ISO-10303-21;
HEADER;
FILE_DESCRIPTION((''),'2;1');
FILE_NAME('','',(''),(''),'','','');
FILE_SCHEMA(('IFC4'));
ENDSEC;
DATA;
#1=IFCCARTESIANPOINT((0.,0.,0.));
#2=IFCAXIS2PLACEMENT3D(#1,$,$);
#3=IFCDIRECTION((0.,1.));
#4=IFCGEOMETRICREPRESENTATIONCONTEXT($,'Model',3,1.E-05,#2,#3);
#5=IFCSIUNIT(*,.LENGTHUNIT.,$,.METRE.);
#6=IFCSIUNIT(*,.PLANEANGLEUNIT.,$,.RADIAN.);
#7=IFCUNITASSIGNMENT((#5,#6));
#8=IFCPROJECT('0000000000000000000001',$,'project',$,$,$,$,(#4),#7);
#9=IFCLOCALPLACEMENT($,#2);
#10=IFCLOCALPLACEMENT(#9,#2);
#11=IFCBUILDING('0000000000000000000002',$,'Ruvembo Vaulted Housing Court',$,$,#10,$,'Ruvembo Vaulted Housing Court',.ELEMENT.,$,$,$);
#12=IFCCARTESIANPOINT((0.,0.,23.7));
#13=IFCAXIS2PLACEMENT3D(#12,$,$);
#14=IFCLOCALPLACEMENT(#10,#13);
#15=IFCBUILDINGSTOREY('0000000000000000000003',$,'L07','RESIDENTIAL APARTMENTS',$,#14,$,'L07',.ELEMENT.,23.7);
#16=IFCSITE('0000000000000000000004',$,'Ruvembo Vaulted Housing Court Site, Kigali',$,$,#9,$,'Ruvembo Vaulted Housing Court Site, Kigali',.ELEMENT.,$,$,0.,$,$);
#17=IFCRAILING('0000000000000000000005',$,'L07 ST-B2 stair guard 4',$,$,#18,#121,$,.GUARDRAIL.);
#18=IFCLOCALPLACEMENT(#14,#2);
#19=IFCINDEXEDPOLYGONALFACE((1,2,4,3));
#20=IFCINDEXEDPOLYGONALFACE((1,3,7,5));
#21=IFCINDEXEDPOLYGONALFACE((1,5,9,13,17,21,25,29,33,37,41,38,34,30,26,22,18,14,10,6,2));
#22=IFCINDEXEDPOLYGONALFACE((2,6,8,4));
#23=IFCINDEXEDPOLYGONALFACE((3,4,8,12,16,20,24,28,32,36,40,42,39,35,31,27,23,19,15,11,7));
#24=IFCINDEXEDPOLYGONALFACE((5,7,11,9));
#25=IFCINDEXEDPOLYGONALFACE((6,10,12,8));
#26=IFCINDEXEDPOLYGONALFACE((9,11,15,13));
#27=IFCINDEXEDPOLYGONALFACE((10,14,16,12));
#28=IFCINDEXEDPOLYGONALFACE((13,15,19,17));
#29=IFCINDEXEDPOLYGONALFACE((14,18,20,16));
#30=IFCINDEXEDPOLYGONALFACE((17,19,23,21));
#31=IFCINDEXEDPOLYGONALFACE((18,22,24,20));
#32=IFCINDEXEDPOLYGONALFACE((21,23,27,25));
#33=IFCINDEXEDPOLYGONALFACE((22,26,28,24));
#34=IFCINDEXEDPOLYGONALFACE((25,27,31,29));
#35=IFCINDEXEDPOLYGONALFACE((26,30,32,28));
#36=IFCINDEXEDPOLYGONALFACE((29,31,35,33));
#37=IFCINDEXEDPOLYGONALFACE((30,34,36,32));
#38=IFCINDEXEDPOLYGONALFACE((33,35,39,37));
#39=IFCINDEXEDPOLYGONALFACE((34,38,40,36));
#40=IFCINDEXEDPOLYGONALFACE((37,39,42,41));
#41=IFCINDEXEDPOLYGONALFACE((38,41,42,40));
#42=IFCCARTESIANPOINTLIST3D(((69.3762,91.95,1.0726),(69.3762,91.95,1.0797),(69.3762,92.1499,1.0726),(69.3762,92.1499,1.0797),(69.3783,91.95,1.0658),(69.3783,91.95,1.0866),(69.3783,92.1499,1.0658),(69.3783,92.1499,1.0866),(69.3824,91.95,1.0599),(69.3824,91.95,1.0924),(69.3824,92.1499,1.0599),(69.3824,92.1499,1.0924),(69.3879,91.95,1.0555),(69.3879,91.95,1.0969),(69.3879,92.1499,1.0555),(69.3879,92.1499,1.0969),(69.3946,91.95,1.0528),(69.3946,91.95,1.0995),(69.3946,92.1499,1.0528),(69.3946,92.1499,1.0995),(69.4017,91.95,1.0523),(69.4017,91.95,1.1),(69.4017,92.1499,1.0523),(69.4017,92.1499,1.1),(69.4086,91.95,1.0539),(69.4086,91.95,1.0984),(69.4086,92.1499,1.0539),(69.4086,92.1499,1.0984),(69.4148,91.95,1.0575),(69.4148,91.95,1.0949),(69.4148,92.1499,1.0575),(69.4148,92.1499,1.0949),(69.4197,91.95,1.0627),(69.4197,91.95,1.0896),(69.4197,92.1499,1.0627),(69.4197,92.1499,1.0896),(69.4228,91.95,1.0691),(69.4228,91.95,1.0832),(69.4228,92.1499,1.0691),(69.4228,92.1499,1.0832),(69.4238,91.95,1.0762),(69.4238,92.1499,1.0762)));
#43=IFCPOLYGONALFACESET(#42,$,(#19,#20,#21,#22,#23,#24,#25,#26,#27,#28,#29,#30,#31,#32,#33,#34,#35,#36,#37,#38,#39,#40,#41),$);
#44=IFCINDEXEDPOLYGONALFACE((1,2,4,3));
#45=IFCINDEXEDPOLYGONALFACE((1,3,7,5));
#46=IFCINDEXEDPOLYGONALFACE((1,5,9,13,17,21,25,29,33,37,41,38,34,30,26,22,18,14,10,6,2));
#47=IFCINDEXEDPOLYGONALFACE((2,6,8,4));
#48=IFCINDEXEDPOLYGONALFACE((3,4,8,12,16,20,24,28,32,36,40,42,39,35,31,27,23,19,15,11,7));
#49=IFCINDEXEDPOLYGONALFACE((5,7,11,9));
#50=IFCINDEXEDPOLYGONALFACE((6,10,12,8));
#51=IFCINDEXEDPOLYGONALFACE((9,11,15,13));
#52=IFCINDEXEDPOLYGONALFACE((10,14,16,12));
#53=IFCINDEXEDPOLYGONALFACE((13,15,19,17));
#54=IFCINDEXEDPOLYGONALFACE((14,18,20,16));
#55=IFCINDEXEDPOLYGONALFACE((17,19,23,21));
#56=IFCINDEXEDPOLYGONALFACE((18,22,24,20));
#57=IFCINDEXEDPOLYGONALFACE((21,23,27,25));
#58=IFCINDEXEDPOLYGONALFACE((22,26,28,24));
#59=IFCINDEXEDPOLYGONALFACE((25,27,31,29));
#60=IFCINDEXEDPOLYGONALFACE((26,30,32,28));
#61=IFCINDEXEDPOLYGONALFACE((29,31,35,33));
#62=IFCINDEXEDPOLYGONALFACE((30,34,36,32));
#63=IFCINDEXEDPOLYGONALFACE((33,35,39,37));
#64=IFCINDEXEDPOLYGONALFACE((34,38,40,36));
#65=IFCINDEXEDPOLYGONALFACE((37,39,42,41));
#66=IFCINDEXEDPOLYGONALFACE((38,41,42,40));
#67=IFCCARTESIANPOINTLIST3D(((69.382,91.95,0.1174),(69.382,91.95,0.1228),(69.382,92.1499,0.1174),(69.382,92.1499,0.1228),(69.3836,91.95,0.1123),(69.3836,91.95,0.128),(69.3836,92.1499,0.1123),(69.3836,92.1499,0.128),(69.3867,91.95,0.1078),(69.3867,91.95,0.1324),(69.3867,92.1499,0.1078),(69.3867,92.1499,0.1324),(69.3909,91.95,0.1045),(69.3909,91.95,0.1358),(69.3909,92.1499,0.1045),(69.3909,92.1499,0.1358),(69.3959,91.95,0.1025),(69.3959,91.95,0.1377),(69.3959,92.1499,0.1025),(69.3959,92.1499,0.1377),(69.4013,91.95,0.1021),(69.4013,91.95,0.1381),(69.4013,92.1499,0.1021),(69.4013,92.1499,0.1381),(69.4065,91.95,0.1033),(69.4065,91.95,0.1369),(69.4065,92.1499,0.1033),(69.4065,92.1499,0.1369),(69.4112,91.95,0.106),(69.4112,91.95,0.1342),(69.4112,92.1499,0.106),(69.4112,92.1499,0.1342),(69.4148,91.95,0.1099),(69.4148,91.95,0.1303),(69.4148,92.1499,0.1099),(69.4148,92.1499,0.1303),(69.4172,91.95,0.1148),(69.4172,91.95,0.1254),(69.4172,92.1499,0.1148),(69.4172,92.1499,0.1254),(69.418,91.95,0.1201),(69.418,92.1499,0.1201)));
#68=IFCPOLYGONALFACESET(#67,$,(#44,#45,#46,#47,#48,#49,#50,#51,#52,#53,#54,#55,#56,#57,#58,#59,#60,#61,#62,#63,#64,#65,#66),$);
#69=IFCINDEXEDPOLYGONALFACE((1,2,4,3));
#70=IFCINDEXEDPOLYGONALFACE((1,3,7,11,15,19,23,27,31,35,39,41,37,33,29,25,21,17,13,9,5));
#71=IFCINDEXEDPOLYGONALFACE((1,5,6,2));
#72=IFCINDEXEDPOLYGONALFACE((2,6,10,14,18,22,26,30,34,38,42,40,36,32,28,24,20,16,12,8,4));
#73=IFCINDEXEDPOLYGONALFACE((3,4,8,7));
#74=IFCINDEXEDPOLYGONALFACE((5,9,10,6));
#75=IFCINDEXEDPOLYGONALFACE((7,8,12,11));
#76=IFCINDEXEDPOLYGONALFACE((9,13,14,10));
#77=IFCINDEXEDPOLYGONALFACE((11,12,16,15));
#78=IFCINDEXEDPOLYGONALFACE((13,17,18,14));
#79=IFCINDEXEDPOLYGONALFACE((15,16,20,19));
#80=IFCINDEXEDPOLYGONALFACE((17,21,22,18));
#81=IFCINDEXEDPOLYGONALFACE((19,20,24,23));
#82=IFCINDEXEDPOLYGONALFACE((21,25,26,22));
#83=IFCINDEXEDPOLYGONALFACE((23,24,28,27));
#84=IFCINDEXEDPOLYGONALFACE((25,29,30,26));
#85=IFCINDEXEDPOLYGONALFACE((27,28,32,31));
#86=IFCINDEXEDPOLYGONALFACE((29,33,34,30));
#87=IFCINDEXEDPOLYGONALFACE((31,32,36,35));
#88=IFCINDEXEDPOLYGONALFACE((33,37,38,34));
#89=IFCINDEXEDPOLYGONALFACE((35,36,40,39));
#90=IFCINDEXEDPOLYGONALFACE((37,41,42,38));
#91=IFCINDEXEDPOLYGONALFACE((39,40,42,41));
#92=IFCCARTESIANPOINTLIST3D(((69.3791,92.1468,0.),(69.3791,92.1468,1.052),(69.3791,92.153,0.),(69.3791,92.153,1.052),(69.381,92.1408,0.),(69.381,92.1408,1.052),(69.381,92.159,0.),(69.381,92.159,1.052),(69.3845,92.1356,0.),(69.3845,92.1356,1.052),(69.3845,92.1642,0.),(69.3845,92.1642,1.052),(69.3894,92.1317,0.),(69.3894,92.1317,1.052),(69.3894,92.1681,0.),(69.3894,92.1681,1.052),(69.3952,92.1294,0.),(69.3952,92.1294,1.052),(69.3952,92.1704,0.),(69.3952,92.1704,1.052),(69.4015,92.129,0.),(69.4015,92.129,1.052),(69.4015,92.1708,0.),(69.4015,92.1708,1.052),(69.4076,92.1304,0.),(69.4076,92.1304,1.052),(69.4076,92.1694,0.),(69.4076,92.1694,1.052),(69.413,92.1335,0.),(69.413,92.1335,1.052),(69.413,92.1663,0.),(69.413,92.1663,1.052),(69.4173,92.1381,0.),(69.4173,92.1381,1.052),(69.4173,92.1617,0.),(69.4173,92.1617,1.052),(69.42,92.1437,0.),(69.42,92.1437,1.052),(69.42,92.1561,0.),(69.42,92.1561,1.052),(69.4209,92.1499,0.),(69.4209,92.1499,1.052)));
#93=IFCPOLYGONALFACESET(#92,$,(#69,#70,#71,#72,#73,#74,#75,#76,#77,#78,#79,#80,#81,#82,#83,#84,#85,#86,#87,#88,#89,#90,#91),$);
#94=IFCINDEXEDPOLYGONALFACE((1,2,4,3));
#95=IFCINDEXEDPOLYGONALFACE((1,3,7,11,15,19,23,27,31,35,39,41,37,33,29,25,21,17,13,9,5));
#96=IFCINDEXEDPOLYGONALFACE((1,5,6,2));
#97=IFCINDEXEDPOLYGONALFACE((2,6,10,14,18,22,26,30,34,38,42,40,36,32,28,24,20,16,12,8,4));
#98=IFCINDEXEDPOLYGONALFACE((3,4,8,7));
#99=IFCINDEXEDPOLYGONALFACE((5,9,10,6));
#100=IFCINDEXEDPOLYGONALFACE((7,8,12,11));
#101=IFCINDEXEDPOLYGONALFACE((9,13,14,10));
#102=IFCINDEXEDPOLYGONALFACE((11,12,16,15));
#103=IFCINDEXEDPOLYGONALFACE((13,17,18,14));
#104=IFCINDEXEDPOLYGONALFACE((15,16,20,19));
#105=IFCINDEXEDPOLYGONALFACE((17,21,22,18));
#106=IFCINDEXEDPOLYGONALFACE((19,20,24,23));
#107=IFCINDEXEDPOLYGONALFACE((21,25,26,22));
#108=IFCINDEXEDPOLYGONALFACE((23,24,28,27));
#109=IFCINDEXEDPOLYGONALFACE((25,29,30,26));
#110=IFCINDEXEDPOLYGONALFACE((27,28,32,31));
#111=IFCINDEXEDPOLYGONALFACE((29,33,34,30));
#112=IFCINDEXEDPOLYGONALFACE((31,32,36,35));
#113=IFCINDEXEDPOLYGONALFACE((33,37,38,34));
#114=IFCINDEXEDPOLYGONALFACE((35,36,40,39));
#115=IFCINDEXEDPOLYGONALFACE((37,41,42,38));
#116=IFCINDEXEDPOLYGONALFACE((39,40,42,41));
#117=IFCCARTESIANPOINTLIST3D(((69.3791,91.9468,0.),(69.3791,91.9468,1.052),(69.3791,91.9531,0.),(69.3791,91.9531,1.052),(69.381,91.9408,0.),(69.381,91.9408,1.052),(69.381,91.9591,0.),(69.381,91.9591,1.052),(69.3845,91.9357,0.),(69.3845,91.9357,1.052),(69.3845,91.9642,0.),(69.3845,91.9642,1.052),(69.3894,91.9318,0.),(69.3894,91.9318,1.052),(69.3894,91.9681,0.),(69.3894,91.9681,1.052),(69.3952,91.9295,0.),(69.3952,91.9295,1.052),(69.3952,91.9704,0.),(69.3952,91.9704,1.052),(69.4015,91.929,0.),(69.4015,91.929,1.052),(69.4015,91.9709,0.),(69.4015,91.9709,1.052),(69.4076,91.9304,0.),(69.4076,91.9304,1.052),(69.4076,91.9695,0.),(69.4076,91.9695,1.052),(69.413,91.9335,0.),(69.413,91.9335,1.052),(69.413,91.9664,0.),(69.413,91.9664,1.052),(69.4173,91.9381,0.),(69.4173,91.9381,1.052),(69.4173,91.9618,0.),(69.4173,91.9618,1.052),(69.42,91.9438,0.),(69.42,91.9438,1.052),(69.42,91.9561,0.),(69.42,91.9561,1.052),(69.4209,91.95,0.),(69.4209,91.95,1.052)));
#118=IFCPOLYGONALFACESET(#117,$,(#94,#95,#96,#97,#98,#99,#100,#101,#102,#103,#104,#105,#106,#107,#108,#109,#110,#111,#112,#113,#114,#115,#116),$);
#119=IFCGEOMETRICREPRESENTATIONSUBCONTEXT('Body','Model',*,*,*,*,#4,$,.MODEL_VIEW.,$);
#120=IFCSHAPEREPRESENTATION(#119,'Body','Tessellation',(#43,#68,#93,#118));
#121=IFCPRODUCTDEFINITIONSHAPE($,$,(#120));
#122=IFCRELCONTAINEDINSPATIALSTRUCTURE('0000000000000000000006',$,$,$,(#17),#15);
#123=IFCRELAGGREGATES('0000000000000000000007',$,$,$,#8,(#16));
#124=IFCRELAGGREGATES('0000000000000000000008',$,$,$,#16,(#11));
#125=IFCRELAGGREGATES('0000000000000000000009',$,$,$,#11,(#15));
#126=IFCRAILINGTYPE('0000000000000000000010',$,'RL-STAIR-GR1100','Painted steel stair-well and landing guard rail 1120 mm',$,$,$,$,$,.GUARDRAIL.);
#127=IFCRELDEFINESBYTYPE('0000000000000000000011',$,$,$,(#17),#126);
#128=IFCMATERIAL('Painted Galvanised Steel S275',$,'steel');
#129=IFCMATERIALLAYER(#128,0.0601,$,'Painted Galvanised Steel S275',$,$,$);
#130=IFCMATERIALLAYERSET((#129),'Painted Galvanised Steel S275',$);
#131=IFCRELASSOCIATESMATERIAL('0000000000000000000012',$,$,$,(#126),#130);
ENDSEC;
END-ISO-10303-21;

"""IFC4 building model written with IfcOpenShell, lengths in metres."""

from ifc_helpers import new_model, si_unit, direction, frame, origin, origin_2d, place, context, subcontext, project, spatial, circle, extrude, material, layer, layer_set, type_object, element, save


model = new_model("IFC4")

# Units and contexts
model_context = context("Model", 3, precision=1e-05, world=origin(), true_north=direction((0.0, 1.0)))
body_context = subcontext(model_context, "Body", "Model", "MODEL_VIEW")
ifc_project = project(units=[si_unit("LENGTHUNIT", "METRE"), si_unit("PLANEANGLEUNIT", "RADIAN")], contexts=[model_context])

# Site, building, storey
site_placement = place(None, origin())
site = spatial("IfcSite", under=ifc_project, at=site_placement, Name="Ruvembo Vaulted Housing Court Site, Kigali", LongName="Ruvembo Vaulted Housing Court Site, Kigali", CompositionType="ELEMENT", RefElevation=0.0)
building_placement = place(site_placement, origin())
building = spatial("IfcBuilding", under=site, at=building_placement, Name="Ruvembo Vaulted Housing Court", LongName="Ruvembo Vaulted Housing Court", CompositionType="ELEMENT")
storey_placement = place(building_placement, frame((0.0, 0.0, 23.7)))
storey = spatial("IfcBuildingStorey", under=building, at=storey_placement, Name="L07", Description="RESIDENTIAL APARTMENTS", LongName="L07", CompositionType="ELEMENT", Elevation=23.7)

# Railing
ifc_material_1 = material(Name="Painted Galvanised Steel S275", Category="steel")
ifc_layer_1 = layer(ifc_material_1, 0.0601, Name="Painted Galvanised Steel S275")
ifc_layer_set_1 = layer_set([ifc_layer_1], Name="Painted Galvanised Steel S275")
railing_type_1 = type_object("IfcRailingType", Name="RL-STAIR-GR1100", Description="Painted steel stair-well and landing guard rail 1120 mm", PredefinedType="GUARDRAIL", material=ifc_layer_set_1)
railing_1_placement = place(storey_placement, frame((69.3999, 92.1499, 0.0)))
element("IfcRailing", 1, at=railing_1_placement, inside=storey, type_object=railing_type_1, Name="L07 ST-B2 stair guard 4", PredefinedType="GUARDRAIL", context=body_context, shape_type="SweptSolid", body=[
    extrude(circle(Radius=0.0239, at=origin_2d()), frame((0.0, 0.0, 1.0762), z_axis=(0.0, -1.0, 0.0), x_axis=(1.0, 0.0, 0.0)), (0.0, 0.0, 1.0), 0.2),
    extrude(circle(Radius=0.0181, at=origin_2d()), frame((0.0, 0.0, 0.1201), z_axis=(0.0, -1.0, 0.0), x_axis=(1.0, 0.0, 0.0)), (0.0, 0.0, 1.0), 0.2),
    extrude(circle(Radius=0.021, at=origin_2d()), origin(), (0.0, 0.0, 1.0), 1.052),
    extrude(circle(Radius=0.021, at=origin_2d()), frame((0.0, -0.2, 0.0)), (0.0, 0.0, 1.0), 1.052),
])

save(model, "model.ifc")
